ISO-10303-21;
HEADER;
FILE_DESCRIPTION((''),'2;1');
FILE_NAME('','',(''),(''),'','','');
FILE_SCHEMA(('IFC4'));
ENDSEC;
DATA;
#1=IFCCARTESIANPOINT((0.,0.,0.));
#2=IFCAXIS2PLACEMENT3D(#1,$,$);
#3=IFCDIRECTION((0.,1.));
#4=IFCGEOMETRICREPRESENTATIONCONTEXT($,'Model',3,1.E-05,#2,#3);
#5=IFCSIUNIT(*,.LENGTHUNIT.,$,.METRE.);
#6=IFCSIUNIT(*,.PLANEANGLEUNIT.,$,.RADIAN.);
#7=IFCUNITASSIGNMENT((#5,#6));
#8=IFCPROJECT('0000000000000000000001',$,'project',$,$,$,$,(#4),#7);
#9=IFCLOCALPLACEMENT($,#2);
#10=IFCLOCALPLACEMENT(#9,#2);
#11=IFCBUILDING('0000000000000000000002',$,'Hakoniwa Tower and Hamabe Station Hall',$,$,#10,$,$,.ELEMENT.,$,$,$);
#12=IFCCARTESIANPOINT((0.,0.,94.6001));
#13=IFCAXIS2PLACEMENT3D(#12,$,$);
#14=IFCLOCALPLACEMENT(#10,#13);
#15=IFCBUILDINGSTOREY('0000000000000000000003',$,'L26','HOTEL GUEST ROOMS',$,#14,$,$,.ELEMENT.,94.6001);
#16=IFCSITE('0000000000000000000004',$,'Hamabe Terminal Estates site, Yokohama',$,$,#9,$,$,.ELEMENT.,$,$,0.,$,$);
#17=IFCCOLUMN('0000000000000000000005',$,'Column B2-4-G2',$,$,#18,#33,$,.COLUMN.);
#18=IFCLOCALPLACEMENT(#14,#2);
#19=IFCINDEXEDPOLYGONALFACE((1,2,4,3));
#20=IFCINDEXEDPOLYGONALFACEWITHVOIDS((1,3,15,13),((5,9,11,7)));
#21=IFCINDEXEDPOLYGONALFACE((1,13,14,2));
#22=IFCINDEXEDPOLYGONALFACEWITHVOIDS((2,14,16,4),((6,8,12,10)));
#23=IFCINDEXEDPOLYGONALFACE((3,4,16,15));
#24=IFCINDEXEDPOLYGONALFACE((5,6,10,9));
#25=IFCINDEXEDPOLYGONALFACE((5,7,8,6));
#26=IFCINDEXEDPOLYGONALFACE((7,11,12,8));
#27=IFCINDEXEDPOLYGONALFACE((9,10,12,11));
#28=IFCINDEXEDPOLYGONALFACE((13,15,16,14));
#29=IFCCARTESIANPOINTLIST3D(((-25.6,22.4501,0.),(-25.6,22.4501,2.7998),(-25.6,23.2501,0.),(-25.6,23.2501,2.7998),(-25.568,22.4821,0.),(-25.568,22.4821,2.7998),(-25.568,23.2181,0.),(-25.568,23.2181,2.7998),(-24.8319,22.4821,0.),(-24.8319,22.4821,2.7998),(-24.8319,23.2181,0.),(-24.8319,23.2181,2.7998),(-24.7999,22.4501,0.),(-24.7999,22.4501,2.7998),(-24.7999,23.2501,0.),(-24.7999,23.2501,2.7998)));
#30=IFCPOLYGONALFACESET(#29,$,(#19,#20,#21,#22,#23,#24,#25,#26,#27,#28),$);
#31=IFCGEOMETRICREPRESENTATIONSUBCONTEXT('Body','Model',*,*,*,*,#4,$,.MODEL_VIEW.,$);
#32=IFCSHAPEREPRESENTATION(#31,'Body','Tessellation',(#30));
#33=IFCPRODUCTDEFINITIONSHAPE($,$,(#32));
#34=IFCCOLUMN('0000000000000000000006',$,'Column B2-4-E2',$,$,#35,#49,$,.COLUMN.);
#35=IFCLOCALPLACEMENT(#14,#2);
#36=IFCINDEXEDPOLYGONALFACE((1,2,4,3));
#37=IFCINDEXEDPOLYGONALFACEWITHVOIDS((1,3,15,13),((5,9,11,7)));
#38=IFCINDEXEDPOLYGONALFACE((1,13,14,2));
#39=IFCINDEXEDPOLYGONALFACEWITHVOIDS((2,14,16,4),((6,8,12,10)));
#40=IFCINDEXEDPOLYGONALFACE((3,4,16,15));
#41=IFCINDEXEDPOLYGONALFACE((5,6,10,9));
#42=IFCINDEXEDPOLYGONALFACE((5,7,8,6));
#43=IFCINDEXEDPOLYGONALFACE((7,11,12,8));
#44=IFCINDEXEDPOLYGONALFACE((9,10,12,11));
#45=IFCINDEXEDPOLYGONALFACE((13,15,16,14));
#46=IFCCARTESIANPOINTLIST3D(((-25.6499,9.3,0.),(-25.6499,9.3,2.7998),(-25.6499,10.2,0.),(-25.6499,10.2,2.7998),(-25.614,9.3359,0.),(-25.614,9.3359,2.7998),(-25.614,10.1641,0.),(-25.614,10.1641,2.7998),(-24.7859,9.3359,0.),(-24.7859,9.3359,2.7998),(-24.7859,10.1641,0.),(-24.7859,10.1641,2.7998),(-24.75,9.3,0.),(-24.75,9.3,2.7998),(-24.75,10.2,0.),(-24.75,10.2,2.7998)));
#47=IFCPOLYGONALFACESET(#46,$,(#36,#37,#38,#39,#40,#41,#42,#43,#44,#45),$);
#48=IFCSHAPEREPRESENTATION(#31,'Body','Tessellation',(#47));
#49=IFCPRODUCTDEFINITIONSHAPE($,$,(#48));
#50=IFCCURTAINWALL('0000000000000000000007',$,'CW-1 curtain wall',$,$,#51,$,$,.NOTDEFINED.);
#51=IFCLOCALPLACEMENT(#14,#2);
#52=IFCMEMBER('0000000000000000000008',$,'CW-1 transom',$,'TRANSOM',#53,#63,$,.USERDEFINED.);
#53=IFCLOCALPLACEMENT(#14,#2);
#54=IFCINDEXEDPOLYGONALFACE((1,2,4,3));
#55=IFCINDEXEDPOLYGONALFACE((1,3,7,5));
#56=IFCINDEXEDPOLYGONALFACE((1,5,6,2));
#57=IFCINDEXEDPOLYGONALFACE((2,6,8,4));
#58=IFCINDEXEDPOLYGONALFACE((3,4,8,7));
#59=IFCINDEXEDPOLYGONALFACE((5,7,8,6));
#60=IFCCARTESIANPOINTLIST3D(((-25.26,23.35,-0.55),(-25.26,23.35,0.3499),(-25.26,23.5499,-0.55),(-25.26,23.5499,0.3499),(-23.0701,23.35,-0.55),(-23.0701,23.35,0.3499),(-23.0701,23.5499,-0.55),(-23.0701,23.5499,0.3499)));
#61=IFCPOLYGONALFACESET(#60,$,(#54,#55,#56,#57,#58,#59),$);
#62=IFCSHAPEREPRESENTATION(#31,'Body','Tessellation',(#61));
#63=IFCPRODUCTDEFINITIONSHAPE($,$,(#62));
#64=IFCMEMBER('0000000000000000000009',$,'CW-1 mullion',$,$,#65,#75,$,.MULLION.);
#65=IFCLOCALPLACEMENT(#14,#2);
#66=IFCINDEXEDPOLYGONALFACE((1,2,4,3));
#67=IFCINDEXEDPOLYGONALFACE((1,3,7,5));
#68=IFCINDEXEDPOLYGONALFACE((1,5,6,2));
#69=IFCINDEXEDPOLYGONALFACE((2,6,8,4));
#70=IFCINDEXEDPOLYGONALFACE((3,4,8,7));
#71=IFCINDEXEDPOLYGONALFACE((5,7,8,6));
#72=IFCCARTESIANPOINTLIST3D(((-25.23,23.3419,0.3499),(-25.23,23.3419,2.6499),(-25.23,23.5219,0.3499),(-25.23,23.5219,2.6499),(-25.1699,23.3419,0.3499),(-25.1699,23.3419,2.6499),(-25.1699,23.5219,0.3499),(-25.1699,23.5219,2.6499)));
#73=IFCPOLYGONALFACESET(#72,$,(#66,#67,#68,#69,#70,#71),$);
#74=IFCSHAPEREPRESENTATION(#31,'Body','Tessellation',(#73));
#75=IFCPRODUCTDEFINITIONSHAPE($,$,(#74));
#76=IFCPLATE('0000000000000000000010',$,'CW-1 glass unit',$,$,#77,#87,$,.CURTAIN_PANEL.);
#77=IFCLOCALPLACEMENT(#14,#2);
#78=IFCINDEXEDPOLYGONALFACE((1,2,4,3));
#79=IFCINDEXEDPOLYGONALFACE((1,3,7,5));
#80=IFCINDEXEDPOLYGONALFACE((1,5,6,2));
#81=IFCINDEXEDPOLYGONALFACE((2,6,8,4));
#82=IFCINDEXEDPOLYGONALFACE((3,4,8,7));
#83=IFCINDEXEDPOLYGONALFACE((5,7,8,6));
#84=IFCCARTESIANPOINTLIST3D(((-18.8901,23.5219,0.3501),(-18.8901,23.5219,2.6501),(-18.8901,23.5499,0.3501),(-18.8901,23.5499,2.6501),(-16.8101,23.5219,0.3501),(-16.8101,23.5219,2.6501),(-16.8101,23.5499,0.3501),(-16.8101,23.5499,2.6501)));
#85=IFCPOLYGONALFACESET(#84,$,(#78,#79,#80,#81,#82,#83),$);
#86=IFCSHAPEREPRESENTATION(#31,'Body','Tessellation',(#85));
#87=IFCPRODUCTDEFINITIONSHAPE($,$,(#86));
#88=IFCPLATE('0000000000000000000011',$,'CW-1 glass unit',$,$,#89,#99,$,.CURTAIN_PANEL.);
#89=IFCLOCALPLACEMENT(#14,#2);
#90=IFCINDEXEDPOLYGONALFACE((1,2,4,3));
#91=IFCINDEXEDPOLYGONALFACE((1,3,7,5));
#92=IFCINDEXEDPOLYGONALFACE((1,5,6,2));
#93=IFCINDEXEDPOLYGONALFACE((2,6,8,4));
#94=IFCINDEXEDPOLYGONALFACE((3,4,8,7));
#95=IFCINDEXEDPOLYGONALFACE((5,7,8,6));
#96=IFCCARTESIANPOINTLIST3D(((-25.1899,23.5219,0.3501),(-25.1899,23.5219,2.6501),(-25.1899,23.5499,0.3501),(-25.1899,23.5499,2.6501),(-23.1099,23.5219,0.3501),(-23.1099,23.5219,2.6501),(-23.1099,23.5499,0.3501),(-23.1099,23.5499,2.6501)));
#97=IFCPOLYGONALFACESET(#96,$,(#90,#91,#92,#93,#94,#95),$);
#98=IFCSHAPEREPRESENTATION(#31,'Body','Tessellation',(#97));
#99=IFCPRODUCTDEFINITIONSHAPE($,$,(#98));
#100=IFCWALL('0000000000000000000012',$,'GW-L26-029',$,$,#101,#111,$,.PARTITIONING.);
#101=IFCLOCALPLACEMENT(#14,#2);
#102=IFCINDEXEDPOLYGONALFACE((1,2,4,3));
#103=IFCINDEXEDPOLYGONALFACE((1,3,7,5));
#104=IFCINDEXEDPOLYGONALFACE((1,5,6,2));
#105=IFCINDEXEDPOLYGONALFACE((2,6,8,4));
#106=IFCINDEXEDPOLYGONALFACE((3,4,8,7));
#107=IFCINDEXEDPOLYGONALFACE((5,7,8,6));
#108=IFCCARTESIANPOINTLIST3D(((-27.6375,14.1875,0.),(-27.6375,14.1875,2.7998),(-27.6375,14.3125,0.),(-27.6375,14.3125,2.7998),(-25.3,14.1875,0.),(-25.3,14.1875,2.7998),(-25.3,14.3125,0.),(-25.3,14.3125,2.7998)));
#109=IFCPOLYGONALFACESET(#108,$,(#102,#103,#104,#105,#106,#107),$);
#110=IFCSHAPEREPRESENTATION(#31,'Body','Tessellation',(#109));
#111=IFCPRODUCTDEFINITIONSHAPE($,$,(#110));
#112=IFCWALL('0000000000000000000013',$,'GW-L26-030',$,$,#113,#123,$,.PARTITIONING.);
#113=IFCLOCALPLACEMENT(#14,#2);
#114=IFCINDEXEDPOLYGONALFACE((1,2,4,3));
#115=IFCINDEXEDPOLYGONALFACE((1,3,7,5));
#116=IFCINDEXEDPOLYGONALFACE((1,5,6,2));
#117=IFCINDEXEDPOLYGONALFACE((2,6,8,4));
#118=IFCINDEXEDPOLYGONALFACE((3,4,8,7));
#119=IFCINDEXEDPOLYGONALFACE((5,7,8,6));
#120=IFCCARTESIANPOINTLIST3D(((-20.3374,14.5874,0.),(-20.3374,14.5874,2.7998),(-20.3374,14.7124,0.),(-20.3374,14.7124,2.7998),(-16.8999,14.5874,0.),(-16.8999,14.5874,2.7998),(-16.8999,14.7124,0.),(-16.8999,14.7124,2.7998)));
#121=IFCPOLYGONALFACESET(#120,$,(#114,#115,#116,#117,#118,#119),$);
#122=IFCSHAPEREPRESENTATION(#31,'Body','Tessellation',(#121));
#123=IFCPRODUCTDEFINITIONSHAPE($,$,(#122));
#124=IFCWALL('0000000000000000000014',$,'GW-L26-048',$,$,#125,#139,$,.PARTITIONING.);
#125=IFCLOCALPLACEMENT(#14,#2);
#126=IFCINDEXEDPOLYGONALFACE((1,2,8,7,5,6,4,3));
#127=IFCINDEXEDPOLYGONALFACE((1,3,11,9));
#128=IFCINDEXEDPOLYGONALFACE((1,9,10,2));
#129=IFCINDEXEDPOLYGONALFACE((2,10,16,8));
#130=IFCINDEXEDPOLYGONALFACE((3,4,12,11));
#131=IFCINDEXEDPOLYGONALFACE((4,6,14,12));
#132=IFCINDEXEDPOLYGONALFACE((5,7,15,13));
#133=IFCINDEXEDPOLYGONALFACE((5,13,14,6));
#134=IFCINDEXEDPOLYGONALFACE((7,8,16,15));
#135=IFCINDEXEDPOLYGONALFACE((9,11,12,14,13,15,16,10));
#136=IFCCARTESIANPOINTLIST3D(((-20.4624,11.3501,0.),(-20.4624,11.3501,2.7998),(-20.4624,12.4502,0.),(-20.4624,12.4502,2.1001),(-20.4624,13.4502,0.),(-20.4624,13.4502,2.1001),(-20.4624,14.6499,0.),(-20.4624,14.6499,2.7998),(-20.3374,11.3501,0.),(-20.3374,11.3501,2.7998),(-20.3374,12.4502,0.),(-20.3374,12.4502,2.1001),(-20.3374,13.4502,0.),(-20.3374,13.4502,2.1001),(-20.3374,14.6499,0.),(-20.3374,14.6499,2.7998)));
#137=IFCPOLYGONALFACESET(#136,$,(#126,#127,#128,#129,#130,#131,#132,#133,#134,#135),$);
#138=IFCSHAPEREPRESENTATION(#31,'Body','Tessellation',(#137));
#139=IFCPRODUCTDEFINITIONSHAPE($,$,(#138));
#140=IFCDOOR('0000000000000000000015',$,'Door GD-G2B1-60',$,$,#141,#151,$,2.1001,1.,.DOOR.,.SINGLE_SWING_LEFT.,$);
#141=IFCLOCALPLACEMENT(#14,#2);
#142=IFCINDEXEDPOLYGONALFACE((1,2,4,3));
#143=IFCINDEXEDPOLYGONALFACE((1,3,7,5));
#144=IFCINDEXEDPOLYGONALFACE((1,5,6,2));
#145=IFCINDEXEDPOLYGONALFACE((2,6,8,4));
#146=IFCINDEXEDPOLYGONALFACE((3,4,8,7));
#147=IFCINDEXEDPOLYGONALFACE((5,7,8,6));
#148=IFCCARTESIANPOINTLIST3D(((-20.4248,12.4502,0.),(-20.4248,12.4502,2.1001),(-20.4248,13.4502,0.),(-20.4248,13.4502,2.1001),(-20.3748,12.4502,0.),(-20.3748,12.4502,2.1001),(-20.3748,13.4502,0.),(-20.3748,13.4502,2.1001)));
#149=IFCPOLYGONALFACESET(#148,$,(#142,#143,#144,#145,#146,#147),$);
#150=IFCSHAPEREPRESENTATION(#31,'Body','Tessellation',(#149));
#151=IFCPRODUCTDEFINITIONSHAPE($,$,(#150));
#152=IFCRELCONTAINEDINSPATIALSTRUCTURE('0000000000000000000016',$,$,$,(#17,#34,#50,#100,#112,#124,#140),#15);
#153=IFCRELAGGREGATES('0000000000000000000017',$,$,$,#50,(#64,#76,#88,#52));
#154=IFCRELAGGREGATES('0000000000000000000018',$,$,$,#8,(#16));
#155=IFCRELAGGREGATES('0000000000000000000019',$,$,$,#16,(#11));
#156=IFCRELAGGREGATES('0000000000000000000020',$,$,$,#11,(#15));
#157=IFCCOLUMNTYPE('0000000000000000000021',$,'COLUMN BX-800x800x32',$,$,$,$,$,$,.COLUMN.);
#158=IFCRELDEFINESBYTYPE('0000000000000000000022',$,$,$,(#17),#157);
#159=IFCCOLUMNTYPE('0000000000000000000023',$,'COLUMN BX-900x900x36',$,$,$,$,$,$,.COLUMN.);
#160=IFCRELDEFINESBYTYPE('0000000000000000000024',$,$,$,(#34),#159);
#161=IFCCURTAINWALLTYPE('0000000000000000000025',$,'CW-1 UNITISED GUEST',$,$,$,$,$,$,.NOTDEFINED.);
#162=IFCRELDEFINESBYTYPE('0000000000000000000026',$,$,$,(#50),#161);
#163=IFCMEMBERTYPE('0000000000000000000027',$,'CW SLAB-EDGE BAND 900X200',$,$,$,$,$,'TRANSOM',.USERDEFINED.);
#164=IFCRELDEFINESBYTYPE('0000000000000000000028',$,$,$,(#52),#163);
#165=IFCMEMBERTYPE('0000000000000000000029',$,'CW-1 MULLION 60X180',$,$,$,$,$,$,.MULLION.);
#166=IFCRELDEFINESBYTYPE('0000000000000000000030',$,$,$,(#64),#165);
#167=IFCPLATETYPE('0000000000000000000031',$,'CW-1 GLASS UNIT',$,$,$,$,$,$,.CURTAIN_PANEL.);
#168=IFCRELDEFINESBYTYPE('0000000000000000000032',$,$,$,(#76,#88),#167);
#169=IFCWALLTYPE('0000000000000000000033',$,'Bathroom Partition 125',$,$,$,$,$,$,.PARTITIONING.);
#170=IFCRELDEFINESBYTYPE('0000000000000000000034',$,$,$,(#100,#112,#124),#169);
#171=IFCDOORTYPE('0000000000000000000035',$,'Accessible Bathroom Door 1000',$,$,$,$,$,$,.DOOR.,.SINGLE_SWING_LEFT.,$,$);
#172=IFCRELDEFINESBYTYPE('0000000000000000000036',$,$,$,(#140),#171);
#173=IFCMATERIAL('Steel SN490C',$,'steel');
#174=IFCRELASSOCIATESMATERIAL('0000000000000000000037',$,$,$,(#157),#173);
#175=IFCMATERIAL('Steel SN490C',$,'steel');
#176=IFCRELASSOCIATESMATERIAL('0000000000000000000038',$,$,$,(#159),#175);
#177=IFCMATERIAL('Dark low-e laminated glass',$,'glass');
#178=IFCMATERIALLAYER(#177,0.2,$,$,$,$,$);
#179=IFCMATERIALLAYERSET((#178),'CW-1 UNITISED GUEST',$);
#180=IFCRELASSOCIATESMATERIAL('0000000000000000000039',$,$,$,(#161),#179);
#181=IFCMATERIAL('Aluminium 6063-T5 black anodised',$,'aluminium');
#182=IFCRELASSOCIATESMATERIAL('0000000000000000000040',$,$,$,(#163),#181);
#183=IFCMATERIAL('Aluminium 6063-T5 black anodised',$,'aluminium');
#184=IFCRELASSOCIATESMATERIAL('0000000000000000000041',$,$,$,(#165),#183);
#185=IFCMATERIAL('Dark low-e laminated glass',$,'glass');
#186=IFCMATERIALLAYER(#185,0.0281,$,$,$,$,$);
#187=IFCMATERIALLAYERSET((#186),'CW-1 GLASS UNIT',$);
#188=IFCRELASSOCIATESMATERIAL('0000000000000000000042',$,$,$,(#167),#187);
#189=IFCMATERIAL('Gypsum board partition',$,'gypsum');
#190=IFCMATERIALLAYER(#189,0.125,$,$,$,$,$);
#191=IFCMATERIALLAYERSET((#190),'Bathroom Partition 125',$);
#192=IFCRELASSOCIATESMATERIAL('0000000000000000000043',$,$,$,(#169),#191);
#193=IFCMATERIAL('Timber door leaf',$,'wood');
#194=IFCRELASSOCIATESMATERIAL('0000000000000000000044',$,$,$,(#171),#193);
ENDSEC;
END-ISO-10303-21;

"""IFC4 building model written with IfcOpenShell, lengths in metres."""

from ifc_helpers import new_model, si_unit, direction, frame, frame_2d, origin, origin_2d, place, context, subcontext, project, spatial, rectangle, hollow_rectangle, extrude, material, layer, layer_set, material_profile, profile_set, type_object, element, fill, aggregate, save


model = new_model("IFC4")

# Units and contexts
model_context = context("Model", 3, precision=1e-05, world=origin(), true_north=direction((0.0, 1.0)))
body_context = subcontext(model_context, "Body", "Model", "MODEL_VIEW")
ifc_project = project(units=[si_unit("LENGTHUNIT", "METRE"), si_unit("PLANEANGLEUNIT", "RADIAN")], contexts=[model_context])

# Site, building, storey
site_placement = place(None, origin())
site = spatial("IfcSite", under=ifc_project, at=site_placement, Name="Hamabe Terminal Estates site, Yokohama", CompositionType="ELEMENT", RefElevation=0.0)
building_placement = place(site_placement, origin())
building = spatial("IfcBuilding", under=site, at=building_placement, Name="Hakoniwa Tower and Hamabe Station Hall", CompositionType="ELEMENT")
storey_placement = place(building_placement, frame((0.0, 0.0, 94.6001)))
storey = spatial("IfcBuildingStorey", under=building, at=storey_placement, Name="L26", Description="HOTEL GUEST ROOMS", CompositionType="ELEMENT", Elevation=94.6001)

# Columns
ifc_material_1 = material(Name="Steel SN490C", Category="steel")
ifc_material_profile_1 = material_profile(ifc_material_1, hollow_rectangle(XDim=0.8, YDim=0.8, WallThickness=0.032, at=origin_2d()), Name="BX-800x800x32")
ifc_profile_set_1 = profile_set([ifc_material_profile_1], Name="Steel SN490C")
column_type_1 = type_object("IfcColumnType", Name="COLUMN BX-800x800x32", PredefinedType="COLUMN", material=ifc_profile_set_1)
column_1_placement = place(storey_placement, frame((-25.2, 22.8501, 0.0), z_axis=(0.0, 0.0, 1.0), x_axis=(1.0, 0.0, 0.0)))
element("IfcColumn", 1, at=column_1_placement, inside=storey, type_object=column_type_1, Name="Column B2-4-G2", PredefinedType="COLUMN", context=body_context, shape_type="SweptSolid", body=[
    extrude(hollow_rectangle(XDim=0.8, YDim=0.8, WallThickness=0.032, at=origin_2d()), origin(), (0.0, 0.0, 1.0), 2.7998),
])
ifc_material_2 = material(Name="Steel SN490C", Category="steel")
ifc_material_profile_2 = material_profile(ifc_material_2, hollow_rectangle(XDim=0.8999, YDim=0.8999, WallThickness=0.0359, at=origin_2d()), Name="BX-900x900x36")
ifc_profile_set_2 = profile_set([ifc_material_profile_2], Name="Steel SN490C")
column_type_2 = type_object("IfcColumnType", Name="COLUMN BX-900x900x36", PredefinedType="COLUMN", material=ifc_profile_set_2)
column_2_placement = place(storey_placement, frame((-25.2, 9.75, 0.0), z_axis=(0.0, 0.0, 1.0), x_axis=(1.0, 0.0, 0.0)))
element("IfcColumn", 2, at=column_2_placement, inside=storey, type_object=column_type_2, Name="Column B2-4-E2", PredefinedType="COLUMN", context=body_context, shape_type="SweptSolid", body=[
    extrude(hollow_rectangle(XDim=0.8999, YDim=0.8999, WallThickness=0.0359, at=origin_2d()), origin(), (0.0, 0.0, 1.0), 2.7998),
])

# Curtain wall, members, plates
ifc_material_3 = material(Name="Dark low-e laminated glass", Category="glass")
ifc_layer_1 = layer(ifc_material_3, 0.2)
ifc_layer_set_1 = layer_set([ifc_layer_1], Name="CW-1 UNITISED GUEST")
curtain_wall_type = type_object("IfcCurtainWallType", Name="CW-1 UNITISED GUEST", PredefinedType="NOTDEFINED", material=ifc_layer_set_1)
curtain_wall_placement = place(storey_placement, origin())
curtain_wall = element("IfcCurtainWall", 3, at=curtain_wall_placement, inside=storey, type_object=curtain_wall_type, Name="CW-1 curtain wall", PredefinedType="NOTDEFINED")
ifc_material_4 = material(Name="Aluminium 6063-T5 black anodised", Category="aluminium")
ifc_material_profile_3 = material_profile(ifc_material_4, rectangle(XDim=0.2, YDim=0.8999, at=origin_2d()), Name="CW SLAB-EDGE BAND 900X200")
ifc_profile_set_3 = profile_set([ifc_material_profile_3], Name="Aluminium 6063-T5 black anodised")
member_type_1 = type_object("IfcMemberType", Name="CW SLAB-EDGE BAND 900X200", ElementType="TRANSOM", PredefinedType="USERDEFINED", material=ifc_profile_set_3)
member_1_placement = place(storey_placement, frame((-23.0701, 23.45, -0.1001), z_axis=(-1.0, 0.0, 0.0), x_axis=(0.0, -1.0, 0.0)))
member_1 = element("IfcMember", 4, at=member_1_placement, type_object=member_type_1, Name="CW-1 transom", ObjectType="TRANSOM", PredefinedType="USERDEFINED", context=body_context, shape_type="SweptSolid", body=[
    extrude(rectangle(XDim=0.2, YDim=0.8999, at=origin_2d()), origin(), (0.0, 0.0, 1.0), 2.1899),
])
ifc_material_5 = material(Name="Aluminium 6063-T5 black anodised", Category="aluminium")
ifc_material_profile_4 = material_profile(ifc_material_5, rectangle(XDim=0.0601, YDim=0.1799, at=origin_2d()), Name="CW-1 MULLION 60X180")
ifc_profile_set_4 = profile_set([ifc_material_profile_4], Name="Aluminium 6063-T5 black anodised")
member_type_2 = type_object("IfcMemberType", Name="CW-1 MULLION 60X180", PredefinedType="MULLION", material=ifc_profile_set_4)
member_2_placement = place(storey_placement, frame((-25.2, 23.4319, 0.3499), z_axis=(0.0, 0.0, 1.0), x_axis=(-1.0, 0.0, 0.0)))
member_2 = element("IfcMember", 5, at=member_2_placement, type_object=member_type_2, Name="CW-1 mullion", PredefinedType="MULLION", context=body_context, shape_type="SweptSolid", body=[
    extrude(rectangle(XDim=0.0601, YDim=0.1799, at=origin_2d()), origin(), (0.0, 0.0, 1.0), 2.3),
])
ifc_material_6 = material(Name="Dark low-e laminated glass", Category="glass")
ifc_layer_2 = layer(ifc_material_6, 0.0281)
ifc_layer_set_2 = layer_set([ifc_layer_2], Name="CW-1 GLASS UNIT")
plate_type = type_object("IfcPlateType", Name="CW-1 GLASS UNIT", PredefinedType="CURTAIN_PANEL", material=ifc_layer_set_2)
plate_1_placement = place(storey_placement, frame((-17.8501, 23.5359, 0.3501), z_axis=(0.0, 0.0, 1.0), x_axis=(-1.0, 0.0, 0.0)))
plate_1 = element("IfcPlate", 6, at=plate_1_placement, type_object=plate_type, Name="CW-1 glass unit", PredefinedType="CURTAIN_PANEL", context=body_context, shape_type="SweptSolid", body=[
    extrude(rectangle(XDim=2.0801, YDim=0.0281, at=origin_2d()), origin(), (0.0, 0.0, 1.0), 2.3),
])
plate_2_placement = place(storey_placement, frame((-24.1499, 23.5359, 0.3501), z_axis=(0.0, 0.0, 1.0), x_axis=(-1.0, 0.0, 0.0)))
plate_2 = element("IfcPlate", 7, at=plate_2_placement, type_object=plate_type, Name="CW-1 glass unit", PredefinedType="CURTAIN_PANEL", context=body_context, shape_type="SweptSolid", body=[
    extrude(rectangle(XDim=2.0801, YDim=0.0281, at=origin_2d()), origin(), (0.0, 0.0, 1.0), 2.3),
])

# Walls
ifc_material_7 = material(Name="Gypsum board partition", Category="gypsum")
ifc_layer_3 = layer(ifc_material_7, 0.125)
ifc_layer_set_3 = layer_set([ifc_layer_3], Name="Bathroom Partition 125")
wall_type_1 = type_object("IfcWallType", Name="Bathroom Partition 125", PredefinedType="PARTITIONING", material=ifc_layer_set_3)
wall_1_placement = place(storey_placement, frame((-27.6375, 14.25, 0.0), z_axis=(0.0, 0.0, 1.0), x_axis=(1.0, 0.0, 0.0)))
element("IfcWall", 8, at=wall_1_placement, inside=storey, type_object=wall_type_1, Name="GW-L26-029", PredefinedType="PARTITIONING", context=body_context, shape_type="SweptSolid", body=[
    extrude(rectangle(XDim=2.3374, YDim=0.125, at=frame_2d((1.1687, 0.0))), origin(), (0.0, 0.0, 1.0), 2.7998),
])
wall_2_placement = place(storey_placement, frame((-20.3374, 14.6499, 0.0), z_axis=(0.0, 0.0, 1.0), x_axis=(1.0, 0.0, 0.0)))
element("IfcWall", 9, at=wall_2_placement, inside=storey, type_object=wall_type_1, Name="GW-L26-030", PredefinedType="PARTITIONING", context=body_context, shape_type="SweptSolid", body=[
    extrude(rectangle(XDim=3.4375, YDim=0.125, at=frame_2d((1.7188, 0.0))), origin(), (0.0, 0.0, 1.0), 2.7998),
])

# Wall, opening, door
wall_3_placement = place(storey_placement, frame((-20.3999, 11.3501, 0.0), z_axis=(0.0, 0.0, 1.0), x_axis=(0.0, 1.0, 0.0)))
wall_3 = element("IfcWall", 10, at=wall_3_placement, inside=storey, type_object=wall_type_1, Name="GW-L26-048", PredefinedType="PARTITIONING", context=body_context, shape_type="SweptSolid", body=[
    extrude(rectangle(XDim=3.2998, YDim=0.125, at=frame_2d((1.6499, 0.0))), origin(), (0.0, 0.0, 1.0), 2.7998),
])
opening_1_placement = place(wall_3_placement, frame((1.1001, 0.0, 0.0)))
opening_1 = element("IfcOpeningElement", 11, at=opening_1_placement, cuts=wall_3, PredefinedType="OPENING", context=body_context, shape_type="SweptSolid", body=[
    extrude(rectangle(XDim=1.0, YDim=2.1001, at=frame_2d((0.5, 1.05))), frame((0.0, 0.0725, 0.0), z_axis=(0.0, -1.0, 0.0), x_axis=(1.0, 0.0, 0.0)), (0.0, 0.0, 1.0), 0.145),
])
ifc_material_8 = material(Name="Timber door leaf", Category="wood")
door_type_1 = type_object("IfcDoorType", Name="Accessible Bathroom Door 1000", OperationType="SINGLE_SWING_LEFT", PredefinedType="DOOR", material=ifc_material_8)
door_1_placement = place(opening_1_placement, origin())
door_1 = element("IfcDoor", 12, at=door_1_placement, inside=storey, type_object=door_type_1, Name="Door GD-G2B1-60", OperationType="SINGLE_SWING_LEFT", OverallHeight=2.1001, OverallWidth=1.0, PredefinedType="DOOR", context=body_context, shape_type="SweptSolid", body=[
    extrude(rectangle(XDim=1.0, YDim=2.1001, at=frame_2d((0.5, 1.05))), frame((0.0, 0.0249, 0.0), z_axis=(0.0, -1.0, 0.0), x_axis=(1.0, 0.0, 0.0)), (0.0, 0.0, 1.0), 0.05),
])
fill(opening_1, door_1)

aggregate(curtain_wall, [member_2, plate_1, plate_2, member_1])

save(model, "model.ifc")
